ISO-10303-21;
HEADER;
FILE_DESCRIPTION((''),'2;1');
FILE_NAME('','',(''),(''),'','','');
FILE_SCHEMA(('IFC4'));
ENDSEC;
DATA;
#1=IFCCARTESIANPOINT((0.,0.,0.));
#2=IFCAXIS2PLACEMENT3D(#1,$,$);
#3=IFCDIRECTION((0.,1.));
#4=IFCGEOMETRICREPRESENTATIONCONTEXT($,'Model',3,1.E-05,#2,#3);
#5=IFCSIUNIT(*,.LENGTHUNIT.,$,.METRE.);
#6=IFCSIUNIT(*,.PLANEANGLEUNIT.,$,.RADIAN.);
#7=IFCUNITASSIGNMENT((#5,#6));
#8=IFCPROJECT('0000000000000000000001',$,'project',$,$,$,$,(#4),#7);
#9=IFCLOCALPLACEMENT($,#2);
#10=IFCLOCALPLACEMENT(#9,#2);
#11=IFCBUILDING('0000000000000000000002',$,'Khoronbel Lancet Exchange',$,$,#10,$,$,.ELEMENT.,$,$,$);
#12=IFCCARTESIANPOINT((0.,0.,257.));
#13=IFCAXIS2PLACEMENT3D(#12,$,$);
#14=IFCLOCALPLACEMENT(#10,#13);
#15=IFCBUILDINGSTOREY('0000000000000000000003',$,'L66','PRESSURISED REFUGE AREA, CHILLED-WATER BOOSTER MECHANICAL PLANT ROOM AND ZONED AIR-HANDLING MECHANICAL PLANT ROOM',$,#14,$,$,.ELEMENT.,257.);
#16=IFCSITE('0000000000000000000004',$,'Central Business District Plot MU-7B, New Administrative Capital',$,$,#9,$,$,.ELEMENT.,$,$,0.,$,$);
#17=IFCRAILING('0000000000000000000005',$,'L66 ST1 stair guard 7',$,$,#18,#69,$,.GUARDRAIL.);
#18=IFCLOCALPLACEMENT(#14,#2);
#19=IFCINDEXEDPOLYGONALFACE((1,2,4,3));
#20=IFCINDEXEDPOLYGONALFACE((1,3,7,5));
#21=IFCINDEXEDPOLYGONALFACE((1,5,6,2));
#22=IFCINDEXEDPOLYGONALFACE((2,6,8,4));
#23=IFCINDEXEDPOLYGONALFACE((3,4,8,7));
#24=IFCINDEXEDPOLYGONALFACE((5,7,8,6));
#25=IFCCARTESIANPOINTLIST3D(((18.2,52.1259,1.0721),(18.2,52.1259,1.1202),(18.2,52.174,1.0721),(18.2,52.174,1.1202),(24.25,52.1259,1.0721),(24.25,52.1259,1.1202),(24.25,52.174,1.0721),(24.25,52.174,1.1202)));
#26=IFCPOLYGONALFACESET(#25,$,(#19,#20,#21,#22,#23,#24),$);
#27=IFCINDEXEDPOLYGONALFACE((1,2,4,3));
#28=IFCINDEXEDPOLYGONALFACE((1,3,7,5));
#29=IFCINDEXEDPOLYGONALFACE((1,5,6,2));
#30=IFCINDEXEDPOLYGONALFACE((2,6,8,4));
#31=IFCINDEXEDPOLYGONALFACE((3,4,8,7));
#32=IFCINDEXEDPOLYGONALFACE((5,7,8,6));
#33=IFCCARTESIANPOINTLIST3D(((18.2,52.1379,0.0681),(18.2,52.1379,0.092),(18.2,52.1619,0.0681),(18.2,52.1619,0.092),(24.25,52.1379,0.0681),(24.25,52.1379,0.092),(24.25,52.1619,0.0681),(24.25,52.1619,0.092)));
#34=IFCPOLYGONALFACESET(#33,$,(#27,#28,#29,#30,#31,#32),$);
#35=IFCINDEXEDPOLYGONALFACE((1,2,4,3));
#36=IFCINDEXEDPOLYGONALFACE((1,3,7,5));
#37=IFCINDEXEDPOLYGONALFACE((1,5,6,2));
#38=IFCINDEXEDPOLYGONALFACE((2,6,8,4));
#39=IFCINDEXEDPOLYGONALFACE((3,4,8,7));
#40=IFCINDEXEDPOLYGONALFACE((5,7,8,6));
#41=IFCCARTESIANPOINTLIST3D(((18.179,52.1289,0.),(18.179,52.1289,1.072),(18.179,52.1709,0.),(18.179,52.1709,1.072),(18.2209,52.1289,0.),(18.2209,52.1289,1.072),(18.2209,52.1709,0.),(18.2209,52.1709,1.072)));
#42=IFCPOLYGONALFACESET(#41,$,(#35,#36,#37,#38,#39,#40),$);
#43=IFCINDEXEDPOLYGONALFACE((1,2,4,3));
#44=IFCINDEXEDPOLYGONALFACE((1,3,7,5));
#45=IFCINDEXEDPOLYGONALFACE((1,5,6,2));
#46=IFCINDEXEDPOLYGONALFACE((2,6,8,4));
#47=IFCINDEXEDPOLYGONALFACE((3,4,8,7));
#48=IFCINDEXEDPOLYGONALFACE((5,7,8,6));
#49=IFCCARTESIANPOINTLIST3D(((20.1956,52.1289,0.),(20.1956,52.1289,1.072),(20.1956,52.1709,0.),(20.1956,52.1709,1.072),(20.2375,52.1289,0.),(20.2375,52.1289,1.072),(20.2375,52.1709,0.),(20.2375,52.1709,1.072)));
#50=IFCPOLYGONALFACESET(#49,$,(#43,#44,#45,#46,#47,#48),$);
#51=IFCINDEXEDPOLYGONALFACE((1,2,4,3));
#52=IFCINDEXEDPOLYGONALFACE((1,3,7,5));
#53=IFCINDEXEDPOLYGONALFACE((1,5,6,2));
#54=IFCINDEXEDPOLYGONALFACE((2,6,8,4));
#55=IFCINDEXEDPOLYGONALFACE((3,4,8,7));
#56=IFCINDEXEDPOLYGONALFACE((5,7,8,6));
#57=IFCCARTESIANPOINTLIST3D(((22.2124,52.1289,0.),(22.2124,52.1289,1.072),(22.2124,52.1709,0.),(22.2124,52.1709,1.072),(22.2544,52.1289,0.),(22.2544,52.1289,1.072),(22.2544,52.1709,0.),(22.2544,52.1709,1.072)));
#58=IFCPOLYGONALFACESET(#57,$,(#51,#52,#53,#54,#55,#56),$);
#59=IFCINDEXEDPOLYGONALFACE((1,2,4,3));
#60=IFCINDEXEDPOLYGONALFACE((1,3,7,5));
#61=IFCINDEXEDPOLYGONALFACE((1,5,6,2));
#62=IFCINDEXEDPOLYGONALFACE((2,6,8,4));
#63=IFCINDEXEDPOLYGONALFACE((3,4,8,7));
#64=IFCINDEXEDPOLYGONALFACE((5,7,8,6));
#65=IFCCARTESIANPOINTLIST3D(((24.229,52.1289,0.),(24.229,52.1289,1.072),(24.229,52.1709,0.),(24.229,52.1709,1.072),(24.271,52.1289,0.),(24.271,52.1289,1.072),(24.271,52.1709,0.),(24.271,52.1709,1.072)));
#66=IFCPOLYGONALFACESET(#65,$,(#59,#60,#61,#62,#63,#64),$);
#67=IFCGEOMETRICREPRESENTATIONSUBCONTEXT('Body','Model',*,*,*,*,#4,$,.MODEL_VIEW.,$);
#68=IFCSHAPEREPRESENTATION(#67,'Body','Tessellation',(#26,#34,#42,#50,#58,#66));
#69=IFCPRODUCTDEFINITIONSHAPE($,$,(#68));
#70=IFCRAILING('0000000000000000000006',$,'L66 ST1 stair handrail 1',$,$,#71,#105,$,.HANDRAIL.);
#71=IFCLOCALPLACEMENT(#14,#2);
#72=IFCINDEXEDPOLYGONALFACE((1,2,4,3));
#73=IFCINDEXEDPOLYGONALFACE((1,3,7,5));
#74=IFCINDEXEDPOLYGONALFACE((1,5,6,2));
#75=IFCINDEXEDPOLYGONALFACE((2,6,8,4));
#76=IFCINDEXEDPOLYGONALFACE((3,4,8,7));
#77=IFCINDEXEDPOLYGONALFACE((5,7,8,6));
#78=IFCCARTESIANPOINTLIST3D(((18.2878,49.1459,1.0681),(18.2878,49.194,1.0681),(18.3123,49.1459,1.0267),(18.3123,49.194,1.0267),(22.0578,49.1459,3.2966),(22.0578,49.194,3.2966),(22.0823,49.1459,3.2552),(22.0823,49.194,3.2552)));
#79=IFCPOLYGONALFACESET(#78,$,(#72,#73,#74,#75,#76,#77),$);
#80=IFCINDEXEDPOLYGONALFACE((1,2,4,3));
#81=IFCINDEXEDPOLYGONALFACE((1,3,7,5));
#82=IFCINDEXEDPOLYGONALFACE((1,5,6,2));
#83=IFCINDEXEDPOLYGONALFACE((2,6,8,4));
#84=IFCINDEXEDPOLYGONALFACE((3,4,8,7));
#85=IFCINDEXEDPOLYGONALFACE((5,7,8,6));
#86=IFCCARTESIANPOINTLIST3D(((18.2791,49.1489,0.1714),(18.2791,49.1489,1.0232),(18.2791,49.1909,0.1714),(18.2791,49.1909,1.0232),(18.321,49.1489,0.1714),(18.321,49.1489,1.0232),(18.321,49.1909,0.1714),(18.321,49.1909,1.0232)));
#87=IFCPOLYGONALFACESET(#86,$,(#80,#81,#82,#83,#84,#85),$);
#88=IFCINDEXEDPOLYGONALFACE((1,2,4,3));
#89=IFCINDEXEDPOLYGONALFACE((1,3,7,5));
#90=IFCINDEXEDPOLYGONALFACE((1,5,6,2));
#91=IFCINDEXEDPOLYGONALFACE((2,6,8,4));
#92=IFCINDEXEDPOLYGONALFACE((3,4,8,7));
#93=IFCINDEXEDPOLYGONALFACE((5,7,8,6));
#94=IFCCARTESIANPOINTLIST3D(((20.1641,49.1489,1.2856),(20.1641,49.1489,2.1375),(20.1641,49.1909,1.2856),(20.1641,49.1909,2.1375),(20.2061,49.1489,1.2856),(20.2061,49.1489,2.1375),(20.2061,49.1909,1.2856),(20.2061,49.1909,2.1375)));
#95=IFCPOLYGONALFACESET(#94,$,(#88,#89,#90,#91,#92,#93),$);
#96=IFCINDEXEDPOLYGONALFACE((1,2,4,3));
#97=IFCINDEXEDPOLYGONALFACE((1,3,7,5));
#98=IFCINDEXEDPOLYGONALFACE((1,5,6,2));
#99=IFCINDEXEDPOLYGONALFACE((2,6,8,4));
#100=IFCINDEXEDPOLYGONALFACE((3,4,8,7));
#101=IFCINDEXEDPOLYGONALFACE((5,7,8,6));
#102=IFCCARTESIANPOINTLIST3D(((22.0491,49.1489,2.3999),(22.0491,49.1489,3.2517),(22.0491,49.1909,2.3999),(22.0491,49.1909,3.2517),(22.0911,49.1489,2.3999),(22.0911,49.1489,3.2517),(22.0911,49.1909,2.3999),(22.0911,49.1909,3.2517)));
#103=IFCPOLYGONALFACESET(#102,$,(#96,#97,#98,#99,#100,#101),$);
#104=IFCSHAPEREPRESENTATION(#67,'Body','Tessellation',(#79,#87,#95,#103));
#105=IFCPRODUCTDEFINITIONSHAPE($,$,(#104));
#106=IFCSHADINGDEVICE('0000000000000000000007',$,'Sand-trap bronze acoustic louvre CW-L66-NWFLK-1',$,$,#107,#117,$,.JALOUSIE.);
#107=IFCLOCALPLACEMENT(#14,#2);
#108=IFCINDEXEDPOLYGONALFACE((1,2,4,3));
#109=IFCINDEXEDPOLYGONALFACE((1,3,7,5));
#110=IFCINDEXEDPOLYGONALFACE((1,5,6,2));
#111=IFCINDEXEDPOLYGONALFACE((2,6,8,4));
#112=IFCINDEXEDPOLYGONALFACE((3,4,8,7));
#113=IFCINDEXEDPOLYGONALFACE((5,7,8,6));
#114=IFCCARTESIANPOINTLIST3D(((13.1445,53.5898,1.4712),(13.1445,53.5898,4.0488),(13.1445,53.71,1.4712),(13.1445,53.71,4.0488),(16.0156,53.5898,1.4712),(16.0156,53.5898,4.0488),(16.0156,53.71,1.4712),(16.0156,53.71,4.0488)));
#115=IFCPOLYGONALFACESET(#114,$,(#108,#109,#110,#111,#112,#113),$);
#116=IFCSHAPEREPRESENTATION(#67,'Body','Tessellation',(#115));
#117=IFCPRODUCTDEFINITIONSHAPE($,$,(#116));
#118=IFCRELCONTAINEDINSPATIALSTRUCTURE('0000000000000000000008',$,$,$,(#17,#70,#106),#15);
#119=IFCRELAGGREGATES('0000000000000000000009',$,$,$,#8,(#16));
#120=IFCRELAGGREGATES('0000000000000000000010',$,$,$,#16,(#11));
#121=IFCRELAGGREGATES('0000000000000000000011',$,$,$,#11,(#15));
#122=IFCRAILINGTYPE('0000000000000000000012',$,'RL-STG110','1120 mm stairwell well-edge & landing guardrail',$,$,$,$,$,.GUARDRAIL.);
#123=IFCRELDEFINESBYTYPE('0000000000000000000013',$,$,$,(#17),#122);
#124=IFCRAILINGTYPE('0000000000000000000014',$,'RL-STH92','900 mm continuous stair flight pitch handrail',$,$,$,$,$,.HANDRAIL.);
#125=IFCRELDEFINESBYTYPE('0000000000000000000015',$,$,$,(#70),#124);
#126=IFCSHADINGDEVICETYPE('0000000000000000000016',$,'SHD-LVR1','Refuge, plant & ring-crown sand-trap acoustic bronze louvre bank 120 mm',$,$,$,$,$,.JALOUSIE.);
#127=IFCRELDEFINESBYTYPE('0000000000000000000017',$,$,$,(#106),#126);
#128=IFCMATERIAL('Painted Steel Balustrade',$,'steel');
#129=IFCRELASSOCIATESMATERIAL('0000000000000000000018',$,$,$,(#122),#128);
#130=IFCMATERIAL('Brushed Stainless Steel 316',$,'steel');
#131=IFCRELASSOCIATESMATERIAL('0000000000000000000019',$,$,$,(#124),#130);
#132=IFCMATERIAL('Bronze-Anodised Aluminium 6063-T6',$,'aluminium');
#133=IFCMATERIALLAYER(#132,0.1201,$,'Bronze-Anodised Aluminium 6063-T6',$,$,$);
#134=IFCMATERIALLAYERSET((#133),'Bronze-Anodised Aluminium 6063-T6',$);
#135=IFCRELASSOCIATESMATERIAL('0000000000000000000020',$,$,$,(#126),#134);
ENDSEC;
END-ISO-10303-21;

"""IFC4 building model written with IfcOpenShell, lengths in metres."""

from ifc_helpers import new_model, si_unit, direction, frame, origin, origin_2d, place, context, subcontext, project, spatial, rectangle, extrude, material, layer, layer_set, type_object, element, save


model = new_model("IFC4")

# Units and contexts
model_context = context("Model", 3, precision=1e-05, world=origin(), true_north=direction((0.0, 1.0)))
body_context = subcontext(model_context, "Body", "Model", "MODEL_VIEW")
ifc_project = project(units=[si_unit("LENGTHUNIT", "METRE"), si_unit("PLANEANGLEUNIT", "RADIAN")], contexts=[model_context])

# Site, building, storey
site_placement = place(None, origin())
site = spatial("IfcSite", under=ifc_project, at=site_placement, Name="Central Business District Plot MU-7B, New Administrative Capital", CompositionType="ELEMENT", RefElevation=0.0)
building_placement = place(site_placement, origin())
building = spatial("IfcBuilding", under=site, at=building_placement, Name="Khoronbel Lancet Exchange", CompositionType="ELEMENT")
storey_placement = place(building_placement, frame((0.0, 0.0, 257.0)))
storey = spatial("IfcBuildingStorey", under=building, at=storey_placement, Name="L66", Description="PRESSURISED REFUGE AREA, CHILLED-WATER BOOSTER MECHANICAL PLANT ROOM AND ZONED AIR-HANDLING MECHANICAL PLANT ROOM", CompositionType="ELEMENT", Elevation=257.0)

# Shared definitions
ifc_material_1 = material(Name="Bronze-Anodised Aluminium 6063-T6", Category="aluminium")

# Railings
ifc_material_2 = material(Name="Painted Steel Balustrade", Category="steel")
railing_type_1 = type_object("IfcRailingType", Name="RL-STG110", Description="1120 mm stairwell well-edge & landing guardrail", PredefinedType="GUARDRAIL", material=ifc_material_2)
railing_1_placement = place(storey_placement, frame((18.2, 52.1499, 0.0)))
element("IfcRailing", 1, at=railing_1_placement, inside=storey, type_object=railing_type_1, Name="L66 ST1 stair guard 7", PredefinedType="GUARDRAIL", context=body_context, shape_type="SweptSolid", body=[
    extrude(rectangle(XDim=0.0481, YDim=0.0481, at=origin_2d()), frame((0.0, 0.0, 1.0962), z_axis=(1.0, 0.0, 0.0), x_axis=(0.0, 1.0, 0.0)), (0.0, 0.0, 1.0), 6.05),
    extrude(rectangle(XDim=0.0239, YDim=0.0239, at=origin_2d()), frame((0.0, 0.0, 0.0801), z_axis=(1.0, 0.0, 0.0), x_axis=(0.0, 1.0, 0.0)), (0.0, 0.0, 1.0), 6.05),
    extrude(rectangle(XDim=0.042, YDim=0.042, at=origin_2d()), origin(), (0.0, 0.0, 1.0), 1.072),
    extrude(rectangle(XDim=0.042, YDim=0.042, at=origin_2d()), frame((2.0166, 0.0, 0.0)), (0.0, 0.0, 1.0), 1.072),
    extrude(rectangle(XDim=0.042, YDim=0.042, at=origin_2d()), frame((4.0334, 0.0, 0.0)), (0.0, 0.0, 1.0), 1.072),
    extrude(rectangle(XDim=0.042, YDim=0.042, at=origin_2d()), frame((6.05, 0.0, 0.0)), (0.0, 0.0, 1.0), 1.072),
])
ifc_material_3 = material(Name="Brushed Stainless Steel 316", Category="steel")
railing_type_2 = type_object("IfcRailingType", Name="RL-STH92", Description="900 mm continuous stair flight pitch handrail", PredefinedType="HANDRAIL", material=ifc_material_3)
railing_2_placement = place(storey_placement, frame((18.3, 49.1699, 0.1714)))
element("IfcRailing", 2, at=railing_2_placement, inside=storey, type_object=railing_type_2, Name="L66 ST1 stair handrail 1", PredefinedType="HANDRAIL", context=body_context, shape_type="SweptSolid", body=[
    extrude(rectangle(XDim=0.0481, YDim=0.0481, at=origin_2d()), frame((0.0, 0.0, 0.876), z_axis=(0.860849, 0.0, 0.508861), x_axis=(0.0, 1.0, 0.0)), (0.0, 0.0, 1.0), 4.3794),
    extrude(rectangle(XDim=0.042, YDim=0.042, at=origin_2d()), origin(), (0.0, 0.0, 1.0), 0.8518),
    extrude(rectangle(XDim=0.042, YDim=0.042, at=origin_2d()), frame((1.885, 0.0, 1.1143)), (0.0, 0.0, 1.0), 0.8518),
    extrude(rectangle(XDim=0.042, YDim=0.042, at=origin_2d()), frame((3.77, 0.0, 2.2285)), (0.0, 0.0, 1.0), 0.8518),
])

# Shading device
ifc_layer_1 = layer(ifc_material_1, 0.1201, Name="Bronze-Anodised Aluminium 6063-T6")
ifc_layer_set_1 = layer_set([ifc_layer_1], Name="Bronze-Anodised Aluminium 6063-T6")
shading_device_type = type_object("IfcShadingDeviceType", Name="SHD-LVR1", Description="Refuge, plant & ring-crown sand-trap acoustic bronze louvre bank 120 mm", PredefinedType="JALOUSIE", material=ifc_layer_set_1)
shading_device_placement = place(storey_placement, frame((14.5801, 53.6499, 1.4712), z_axis=(0.0, 0.0, 1.0), x_axis=(-1.0, 0.0, 0.0)))
element("IfcShadingDevice", 3, at=shading_device_placement, inside=storey, type_object=shading_device_type, Name="Sand-trap bronze acoustic louvre CW-L66-NWFLK-1", PredefinedType="JALOUSIE", context=body_context, shape_type="SweptSolid", body=[
    extrude(rectangle(XDim=2.8711, YDim=0.1201, at=origin_2d()), origin(), (0.0, 0.0, 1.0), 2.5776),
])

save(model, "model.ifc")
